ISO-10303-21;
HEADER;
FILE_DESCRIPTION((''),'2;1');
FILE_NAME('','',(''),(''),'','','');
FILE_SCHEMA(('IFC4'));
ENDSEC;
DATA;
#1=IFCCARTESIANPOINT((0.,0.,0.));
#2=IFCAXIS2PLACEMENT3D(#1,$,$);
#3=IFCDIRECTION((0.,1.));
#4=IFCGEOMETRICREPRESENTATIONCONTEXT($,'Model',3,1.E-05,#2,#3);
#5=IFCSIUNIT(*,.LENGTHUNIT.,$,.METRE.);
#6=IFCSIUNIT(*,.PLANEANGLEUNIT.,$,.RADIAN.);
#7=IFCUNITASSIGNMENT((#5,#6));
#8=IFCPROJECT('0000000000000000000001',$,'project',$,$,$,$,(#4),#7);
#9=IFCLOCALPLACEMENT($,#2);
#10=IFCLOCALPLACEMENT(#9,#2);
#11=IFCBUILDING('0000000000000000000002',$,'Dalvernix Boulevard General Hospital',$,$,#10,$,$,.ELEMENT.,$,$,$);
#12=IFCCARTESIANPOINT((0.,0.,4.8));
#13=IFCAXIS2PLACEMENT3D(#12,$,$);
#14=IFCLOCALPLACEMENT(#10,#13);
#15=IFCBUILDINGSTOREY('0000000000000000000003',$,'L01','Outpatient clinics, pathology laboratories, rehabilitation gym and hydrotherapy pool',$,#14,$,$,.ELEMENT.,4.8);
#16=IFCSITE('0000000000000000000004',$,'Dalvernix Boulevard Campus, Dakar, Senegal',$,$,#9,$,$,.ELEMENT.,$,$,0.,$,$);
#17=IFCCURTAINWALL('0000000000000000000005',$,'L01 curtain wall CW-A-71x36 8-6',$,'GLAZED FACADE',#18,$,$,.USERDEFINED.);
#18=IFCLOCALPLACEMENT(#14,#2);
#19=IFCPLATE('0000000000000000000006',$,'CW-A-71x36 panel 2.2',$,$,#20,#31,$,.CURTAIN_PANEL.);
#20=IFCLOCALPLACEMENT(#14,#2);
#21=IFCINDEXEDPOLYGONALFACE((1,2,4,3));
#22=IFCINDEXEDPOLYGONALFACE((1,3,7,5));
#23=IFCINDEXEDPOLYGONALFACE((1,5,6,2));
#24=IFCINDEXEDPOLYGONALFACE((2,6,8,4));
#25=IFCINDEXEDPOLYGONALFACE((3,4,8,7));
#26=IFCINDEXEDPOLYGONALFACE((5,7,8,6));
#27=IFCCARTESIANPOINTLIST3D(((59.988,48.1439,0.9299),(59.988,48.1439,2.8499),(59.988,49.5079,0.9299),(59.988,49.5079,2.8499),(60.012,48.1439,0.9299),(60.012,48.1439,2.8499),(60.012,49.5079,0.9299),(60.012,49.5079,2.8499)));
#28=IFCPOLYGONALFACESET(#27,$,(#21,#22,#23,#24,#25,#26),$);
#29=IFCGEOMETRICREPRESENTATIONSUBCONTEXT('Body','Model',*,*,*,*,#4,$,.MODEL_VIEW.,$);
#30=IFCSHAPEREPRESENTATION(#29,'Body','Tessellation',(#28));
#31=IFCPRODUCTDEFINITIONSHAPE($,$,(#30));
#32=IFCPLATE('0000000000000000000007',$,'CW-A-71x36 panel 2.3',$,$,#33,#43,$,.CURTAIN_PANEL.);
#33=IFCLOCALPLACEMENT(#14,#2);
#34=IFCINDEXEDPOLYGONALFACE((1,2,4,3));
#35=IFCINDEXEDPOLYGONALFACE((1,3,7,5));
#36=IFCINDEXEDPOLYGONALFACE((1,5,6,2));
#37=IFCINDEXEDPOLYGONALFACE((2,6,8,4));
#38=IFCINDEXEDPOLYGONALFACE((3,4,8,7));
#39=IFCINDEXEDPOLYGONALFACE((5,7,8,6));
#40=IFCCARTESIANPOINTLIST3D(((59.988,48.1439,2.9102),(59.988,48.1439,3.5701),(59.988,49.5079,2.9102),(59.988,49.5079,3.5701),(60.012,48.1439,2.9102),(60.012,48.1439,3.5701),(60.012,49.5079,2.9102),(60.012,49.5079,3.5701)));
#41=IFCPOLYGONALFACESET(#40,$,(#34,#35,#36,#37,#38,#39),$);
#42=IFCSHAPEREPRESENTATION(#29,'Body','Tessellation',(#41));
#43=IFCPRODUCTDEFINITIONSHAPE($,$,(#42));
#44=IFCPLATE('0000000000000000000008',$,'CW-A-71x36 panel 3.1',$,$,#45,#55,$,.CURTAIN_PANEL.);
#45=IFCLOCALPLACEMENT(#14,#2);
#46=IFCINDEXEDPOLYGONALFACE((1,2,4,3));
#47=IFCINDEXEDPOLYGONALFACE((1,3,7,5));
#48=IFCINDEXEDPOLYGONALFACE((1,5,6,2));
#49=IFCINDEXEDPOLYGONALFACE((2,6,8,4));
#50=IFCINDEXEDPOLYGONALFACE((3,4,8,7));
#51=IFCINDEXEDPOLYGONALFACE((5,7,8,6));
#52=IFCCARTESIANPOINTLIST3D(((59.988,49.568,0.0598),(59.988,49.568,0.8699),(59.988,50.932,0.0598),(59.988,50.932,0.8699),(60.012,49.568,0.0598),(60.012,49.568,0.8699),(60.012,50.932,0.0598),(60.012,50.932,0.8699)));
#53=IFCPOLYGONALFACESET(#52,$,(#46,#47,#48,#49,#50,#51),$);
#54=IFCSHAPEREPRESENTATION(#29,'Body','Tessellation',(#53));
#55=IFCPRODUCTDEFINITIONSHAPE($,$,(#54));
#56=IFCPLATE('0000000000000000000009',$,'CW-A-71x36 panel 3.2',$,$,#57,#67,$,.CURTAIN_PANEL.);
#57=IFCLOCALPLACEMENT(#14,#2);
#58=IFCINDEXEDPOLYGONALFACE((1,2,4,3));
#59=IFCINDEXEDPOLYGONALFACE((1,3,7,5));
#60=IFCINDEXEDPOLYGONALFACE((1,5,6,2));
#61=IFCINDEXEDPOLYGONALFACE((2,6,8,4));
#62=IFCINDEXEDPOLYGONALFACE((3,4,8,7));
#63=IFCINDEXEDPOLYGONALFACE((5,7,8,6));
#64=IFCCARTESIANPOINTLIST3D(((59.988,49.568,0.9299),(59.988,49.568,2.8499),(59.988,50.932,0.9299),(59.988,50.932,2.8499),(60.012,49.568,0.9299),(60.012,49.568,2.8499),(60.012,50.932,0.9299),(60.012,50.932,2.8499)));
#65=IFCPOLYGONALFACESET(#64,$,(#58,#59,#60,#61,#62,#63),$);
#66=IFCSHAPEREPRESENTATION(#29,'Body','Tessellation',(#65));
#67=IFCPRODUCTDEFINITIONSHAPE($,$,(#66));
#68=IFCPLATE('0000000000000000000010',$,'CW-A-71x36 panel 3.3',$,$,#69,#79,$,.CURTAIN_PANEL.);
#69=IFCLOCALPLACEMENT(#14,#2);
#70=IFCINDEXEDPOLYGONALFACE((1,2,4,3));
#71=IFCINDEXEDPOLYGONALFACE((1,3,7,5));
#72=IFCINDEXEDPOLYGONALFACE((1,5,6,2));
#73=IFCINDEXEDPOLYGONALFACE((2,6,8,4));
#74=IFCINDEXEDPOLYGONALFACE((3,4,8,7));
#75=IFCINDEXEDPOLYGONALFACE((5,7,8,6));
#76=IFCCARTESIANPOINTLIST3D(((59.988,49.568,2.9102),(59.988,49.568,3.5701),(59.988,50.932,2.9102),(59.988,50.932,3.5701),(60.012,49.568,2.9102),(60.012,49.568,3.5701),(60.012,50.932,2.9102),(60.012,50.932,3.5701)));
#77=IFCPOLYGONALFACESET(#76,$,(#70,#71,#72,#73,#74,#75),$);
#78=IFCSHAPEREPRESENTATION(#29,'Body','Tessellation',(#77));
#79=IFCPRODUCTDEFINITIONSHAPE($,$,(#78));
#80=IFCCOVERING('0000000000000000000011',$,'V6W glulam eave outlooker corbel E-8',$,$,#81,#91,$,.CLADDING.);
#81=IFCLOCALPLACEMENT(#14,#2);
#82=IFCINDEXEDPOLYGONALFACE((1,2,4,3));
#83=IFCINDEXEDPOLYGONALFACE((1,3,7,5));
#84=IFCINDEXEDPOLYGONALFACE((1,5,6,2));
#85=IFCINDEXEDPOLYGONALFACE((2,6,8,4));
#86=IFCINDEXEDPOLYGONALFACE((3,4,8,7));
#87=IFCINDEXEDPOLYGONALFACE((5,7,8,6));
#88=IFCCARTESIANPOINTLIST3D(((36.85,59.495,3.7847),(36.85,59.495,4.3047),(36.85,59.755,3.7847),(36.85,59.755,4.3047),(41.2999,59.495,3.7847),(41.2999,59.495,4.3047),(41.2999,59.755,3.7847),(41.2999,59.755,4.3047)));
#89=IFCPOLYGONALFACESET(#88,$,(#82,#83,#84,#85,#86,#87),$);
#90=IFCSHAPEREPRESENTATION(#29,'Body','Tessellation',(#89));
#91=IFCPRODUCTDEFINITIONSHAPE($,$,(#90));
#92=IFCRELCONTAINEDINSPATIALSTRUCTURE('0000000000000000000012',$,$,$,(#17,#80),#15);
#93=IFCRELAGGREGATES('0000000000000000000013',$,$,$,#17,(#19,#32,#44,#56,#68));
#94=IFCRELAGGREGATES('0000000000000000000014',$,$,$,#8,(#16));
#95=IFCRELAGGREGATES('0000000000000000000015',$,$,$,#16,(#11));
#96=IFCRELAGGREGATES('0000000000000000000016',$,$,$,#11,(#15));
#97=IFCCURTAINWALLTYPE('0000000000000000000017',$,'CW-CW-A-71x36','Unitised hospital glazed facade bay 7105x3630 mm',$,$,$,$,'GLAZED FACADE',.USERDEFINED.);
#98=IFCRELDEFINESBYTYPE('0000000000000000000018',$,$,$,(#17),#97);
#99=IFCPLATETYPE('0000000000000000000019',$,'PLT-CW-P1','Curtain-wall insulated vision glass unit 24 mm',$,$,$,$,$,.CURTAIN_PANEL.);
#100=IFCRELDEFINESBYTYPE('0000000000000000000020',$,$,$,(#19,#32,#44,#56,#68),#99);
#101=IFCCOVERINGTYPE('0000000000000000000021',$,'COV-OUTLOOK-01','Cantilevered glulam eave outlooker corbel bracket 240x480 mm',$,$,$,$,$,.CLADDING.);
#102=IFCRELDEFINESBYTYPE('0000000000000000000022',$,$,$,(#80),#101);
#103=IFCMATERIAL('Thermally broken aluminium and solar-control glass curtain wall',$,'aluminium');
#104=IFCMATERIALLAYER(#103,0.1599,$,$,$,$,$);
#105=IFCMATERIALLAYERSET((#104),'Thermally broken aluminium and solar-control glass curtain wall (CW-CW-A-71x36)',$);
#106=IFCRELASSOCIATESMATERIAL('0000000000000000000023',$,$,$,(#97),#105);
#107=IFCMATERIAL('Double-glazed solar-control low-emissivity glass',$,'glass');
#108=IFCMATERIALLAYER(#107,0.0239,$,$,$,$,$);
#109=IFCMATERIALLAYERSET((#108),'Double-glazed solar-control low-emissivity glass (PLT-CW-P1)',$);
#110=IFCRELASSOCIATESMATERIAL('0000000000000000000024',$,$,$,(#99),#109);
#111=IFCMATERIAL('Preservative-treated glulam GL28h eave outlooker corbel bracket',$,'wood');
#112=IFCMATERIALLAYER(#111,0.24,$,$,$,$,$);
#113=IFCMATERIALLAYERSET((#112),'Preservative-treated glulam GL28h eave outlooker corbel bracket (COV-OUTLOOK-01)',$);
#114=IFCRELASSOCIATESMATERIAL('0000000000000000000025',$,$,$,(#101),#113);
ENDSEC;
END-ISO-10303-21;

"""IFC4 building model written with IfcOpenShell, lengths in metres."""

from ifc_helpers import new_model, si_unit, direction, frame, origin, origin_2d, place, context, subcontext, project, spatial, rectangle, extrude, material, layer, layer_set, type_object, element, aggregate, save


model = new_model("IFC4")

# Units and contexts
model_context = context("Model", 3, precision=1e-05, world=origin(), true_north=direction((0.0, 1.0)))
body_context = subcontext(model_context, "Body", "Model", "MODEL_VIEW")
ifc_project = project(units=[si_unit("LENGTHUNIT", "METRE"), si_unit("PLANEANGLEUNIT", "RADIAN")], contexts=[model_context])

# Site, building, storey
site_placement = place(None, origin())
site = spatial("IfcSite", under=ifc_project, at=site_placement, Name="Dalvernix Boulevard Campus, Dakar, Senegal", CompositionType="ELEMENT", RefElevation=0.0)
building_placement = place(site_placement, origin())
building = spatial("IfcBuilding", under=site, at=building_placement, Name="Dalvernix Boulevard General Hospital", CompositionType="ELEMENT")
storey_placement = place(building_placement, frame((0.0, 0.0, 4.8)))
storey = spatial("IfcBuildingStorey", under=building, at=storey_placement, Name="L01", Description="Outpatient clinics, pathology laboratories, rehabilitation gym and hydrotherapy pool", CompositionType="ELEMENT", Elevation=4.8)

# Curtain wall, plates
ifc_material_1 = material(Name="Thermally broken aluminium and solar-control glass curtain wall", Category="aluminium")
ifc_layer_1 = layer(ifc_material_1, 0.1599)
ifc_layer_set_1 = layer_set([ifc_layer_1], Name="Thermally broken aluminium and solar-control glass curtain wall (CW-CW-A-71x36)")
curtain_wall_type = type_object("IfcCurtainWallType", Name="CW-CW-A-71x36", Description="Unitised hospital glazed facade bay 7105x3630 mm", ElementType="GLAZED FACADE", PredefinedType="USERDEFINED", material=ifc_layer_set_1)
curtain_wall_placement = place(storey_placement, origin())
curtain_wall = element("IfcCurtainWall", 1, at=curtain_wall_placement, inside=storey, type_object=curtain_wall_type, Name="L01 curtain wall CW-A-71x36 8-6", ObjectType="GLAZED FACADE", PredefinedType="USERDEFINED")
ifc_material_2 = material(Name="Double-glazed solar-control low-emissivity glass", Category="glass")
ifc_layer_2 = layer(ifc_material_2, 0.0239)
ifc_layer_set_2 = layer_set([ifc_layer_2], Name="Double-glazed solar-control low-emissivity glass (PLT-CW-P1)")
plate_type = type_object("IfcPlateType", Name="PLT-CW-P1", Description="Curtain-wall insulated vision glass unit 24 mm", PredefinedType="CURTAIN_PANEL", material=ifc_layer_set_2)
plate_1_placement = place(storey_placement, frame((60.0, 48.8259, 0.9299), z_axis=(0.0, 0.0, 1.0), x_axis=(0.0, 1.0, 0.0)))
plate_1 = element("IfcPlate", 2, at=plate_1_placement, type_object=plate_type, Name="CW-A-71x36 panel 2.2", PredefinedType="CURTAIN_PANEL", context=body_context, shape_type="SweptSolid", body=[
    extrude(rectangle(XDim=1.364, YDim=0.0239, at=origin_2d()), origin(), (0.0, 0.0, 1.0), 1.9199),
])
plate_2_placement = place(storey_placement, frame((60.0, 48.8259, 2.9102), z_axis=(0.0, 0.0, 1.0), x_axis=(0.0, 1.0, 0.0)))
plate_2 = element("IfcPlate", 3, at=plate_2_placement, type_object=plate_type, Name="CW-A-71x36 panel 2.3", PredefinedType="CURTAIN_PANEL", context=body_context, shape_type="SweptSolid", body=[
    extrude(rectangle(XDim=1.364, YDim=0.0239, at=origin_2d()), origin(), (0.0, 0.0, 1.0), 0.6599),
])
plate_3_placement = place(storey_placement, frame((60.0, 50.25, 0.0598), z_axis=(0.0, 0.0, 1.0), x_axis=(0.0, 1.0, 0.0)))
plate_3 = element("IfcPlate", 4, at=plate_3_placement, type_object=plate_type, Name="CW-A-71x36 panel 3.1", PredefinedType="CURTAIN_PANEL", context=body_context, shape_type="SweptSolid", body=[
    extrude(rectangle(XDim=1.364, YDim=0.0239, at=origin_2d()), origin(), (0.0, 0.0, 1.0), 0.8101),
])
plate_4_placement = place(storey_placement, frame((60.0, 50.25, 0.9299), z_axis=(0.0, 0.0, 1.0), x_axis=(0.0, 1.0, 0.0)))
plate_4 = element("IfcPlate", 5, at=plate_4_placement, type_object=plate_type, Name="CW-A-71x36 panel 3.2", PredefinedType="CURTAIN_PANEL", context=body_context, shape_type="SweptSolid", body=[
    extrude(rectangle(XDim=1.364, YDim=0.0239, at=origin_2d()), origin(), (0.0, 0.0, 1.0), 1.9199),
])
plate_5_placement = place(storey_placement, frame((60.0, 50.25, 2.9102), z_axis=(0.0, 0.0, 1.0), x_axis=(0.0, 1.0, 0.0)))
plate_5 = element("IfcPlate", 6, at=plate_5_placement, type_object=plate_type, Name="CW-A-71x36 panel 3.3", PredefinedType="CURTAIN_PANEL", context=body_context, shape_type="SweptSolid", body=[
    extrude(rectangle(XDim=1.364, YDim=0.0239, at=origin_2d()), origin(), (0.0, 0.0, 1.0), 0.6599),
])
aggregate(curtain_wall, [plate_1, plate_2, plate_3, plate_4, plate_5])

# Covering
ifc_material_3 = material(Name="Preservative-treated glulam GL28h eave outlooker corbel bracket", Category="wood")
ifc_layer_3 = layer(ifc_material_3, 0.24)
ifc_layer_set_3 = layer_set([ifc_layer_3], Name="Preservative-treated glulam GL28h eave outlooker corbel bracket (COV-OUTLOOK-01)")
covering_type = type_object("IfcCoveringType", Name="COV-OUTLOOK-01", Description="Cantilevered glulam eave outlooker corbel bracket 240x480 mm", PredefinedType="CLADDING", material=ifc_layer_set_3)
covering_placement = place(storey_placement, frame((39.075, 59.625, 3.7847), z_axis=(0.0, 0.0, 1.0), x_axis=(1.0, 0.0, 0.0)))
element("IfcCovering", 7, at=covering_placement, inside=storey, type_object=covering_type, Name="V6W glulam eave outlooker corbel E-8", PredefinedType="CLADDING", context=body_context, shape_type="SweptSolid", body=[
    extrude(rectangle(XDim=4.45, YDim=0.26, at=origin_2d()), origin(), (0.0, 0.0, 1.0), 0.52),
])

save(model, "model.ifc")
